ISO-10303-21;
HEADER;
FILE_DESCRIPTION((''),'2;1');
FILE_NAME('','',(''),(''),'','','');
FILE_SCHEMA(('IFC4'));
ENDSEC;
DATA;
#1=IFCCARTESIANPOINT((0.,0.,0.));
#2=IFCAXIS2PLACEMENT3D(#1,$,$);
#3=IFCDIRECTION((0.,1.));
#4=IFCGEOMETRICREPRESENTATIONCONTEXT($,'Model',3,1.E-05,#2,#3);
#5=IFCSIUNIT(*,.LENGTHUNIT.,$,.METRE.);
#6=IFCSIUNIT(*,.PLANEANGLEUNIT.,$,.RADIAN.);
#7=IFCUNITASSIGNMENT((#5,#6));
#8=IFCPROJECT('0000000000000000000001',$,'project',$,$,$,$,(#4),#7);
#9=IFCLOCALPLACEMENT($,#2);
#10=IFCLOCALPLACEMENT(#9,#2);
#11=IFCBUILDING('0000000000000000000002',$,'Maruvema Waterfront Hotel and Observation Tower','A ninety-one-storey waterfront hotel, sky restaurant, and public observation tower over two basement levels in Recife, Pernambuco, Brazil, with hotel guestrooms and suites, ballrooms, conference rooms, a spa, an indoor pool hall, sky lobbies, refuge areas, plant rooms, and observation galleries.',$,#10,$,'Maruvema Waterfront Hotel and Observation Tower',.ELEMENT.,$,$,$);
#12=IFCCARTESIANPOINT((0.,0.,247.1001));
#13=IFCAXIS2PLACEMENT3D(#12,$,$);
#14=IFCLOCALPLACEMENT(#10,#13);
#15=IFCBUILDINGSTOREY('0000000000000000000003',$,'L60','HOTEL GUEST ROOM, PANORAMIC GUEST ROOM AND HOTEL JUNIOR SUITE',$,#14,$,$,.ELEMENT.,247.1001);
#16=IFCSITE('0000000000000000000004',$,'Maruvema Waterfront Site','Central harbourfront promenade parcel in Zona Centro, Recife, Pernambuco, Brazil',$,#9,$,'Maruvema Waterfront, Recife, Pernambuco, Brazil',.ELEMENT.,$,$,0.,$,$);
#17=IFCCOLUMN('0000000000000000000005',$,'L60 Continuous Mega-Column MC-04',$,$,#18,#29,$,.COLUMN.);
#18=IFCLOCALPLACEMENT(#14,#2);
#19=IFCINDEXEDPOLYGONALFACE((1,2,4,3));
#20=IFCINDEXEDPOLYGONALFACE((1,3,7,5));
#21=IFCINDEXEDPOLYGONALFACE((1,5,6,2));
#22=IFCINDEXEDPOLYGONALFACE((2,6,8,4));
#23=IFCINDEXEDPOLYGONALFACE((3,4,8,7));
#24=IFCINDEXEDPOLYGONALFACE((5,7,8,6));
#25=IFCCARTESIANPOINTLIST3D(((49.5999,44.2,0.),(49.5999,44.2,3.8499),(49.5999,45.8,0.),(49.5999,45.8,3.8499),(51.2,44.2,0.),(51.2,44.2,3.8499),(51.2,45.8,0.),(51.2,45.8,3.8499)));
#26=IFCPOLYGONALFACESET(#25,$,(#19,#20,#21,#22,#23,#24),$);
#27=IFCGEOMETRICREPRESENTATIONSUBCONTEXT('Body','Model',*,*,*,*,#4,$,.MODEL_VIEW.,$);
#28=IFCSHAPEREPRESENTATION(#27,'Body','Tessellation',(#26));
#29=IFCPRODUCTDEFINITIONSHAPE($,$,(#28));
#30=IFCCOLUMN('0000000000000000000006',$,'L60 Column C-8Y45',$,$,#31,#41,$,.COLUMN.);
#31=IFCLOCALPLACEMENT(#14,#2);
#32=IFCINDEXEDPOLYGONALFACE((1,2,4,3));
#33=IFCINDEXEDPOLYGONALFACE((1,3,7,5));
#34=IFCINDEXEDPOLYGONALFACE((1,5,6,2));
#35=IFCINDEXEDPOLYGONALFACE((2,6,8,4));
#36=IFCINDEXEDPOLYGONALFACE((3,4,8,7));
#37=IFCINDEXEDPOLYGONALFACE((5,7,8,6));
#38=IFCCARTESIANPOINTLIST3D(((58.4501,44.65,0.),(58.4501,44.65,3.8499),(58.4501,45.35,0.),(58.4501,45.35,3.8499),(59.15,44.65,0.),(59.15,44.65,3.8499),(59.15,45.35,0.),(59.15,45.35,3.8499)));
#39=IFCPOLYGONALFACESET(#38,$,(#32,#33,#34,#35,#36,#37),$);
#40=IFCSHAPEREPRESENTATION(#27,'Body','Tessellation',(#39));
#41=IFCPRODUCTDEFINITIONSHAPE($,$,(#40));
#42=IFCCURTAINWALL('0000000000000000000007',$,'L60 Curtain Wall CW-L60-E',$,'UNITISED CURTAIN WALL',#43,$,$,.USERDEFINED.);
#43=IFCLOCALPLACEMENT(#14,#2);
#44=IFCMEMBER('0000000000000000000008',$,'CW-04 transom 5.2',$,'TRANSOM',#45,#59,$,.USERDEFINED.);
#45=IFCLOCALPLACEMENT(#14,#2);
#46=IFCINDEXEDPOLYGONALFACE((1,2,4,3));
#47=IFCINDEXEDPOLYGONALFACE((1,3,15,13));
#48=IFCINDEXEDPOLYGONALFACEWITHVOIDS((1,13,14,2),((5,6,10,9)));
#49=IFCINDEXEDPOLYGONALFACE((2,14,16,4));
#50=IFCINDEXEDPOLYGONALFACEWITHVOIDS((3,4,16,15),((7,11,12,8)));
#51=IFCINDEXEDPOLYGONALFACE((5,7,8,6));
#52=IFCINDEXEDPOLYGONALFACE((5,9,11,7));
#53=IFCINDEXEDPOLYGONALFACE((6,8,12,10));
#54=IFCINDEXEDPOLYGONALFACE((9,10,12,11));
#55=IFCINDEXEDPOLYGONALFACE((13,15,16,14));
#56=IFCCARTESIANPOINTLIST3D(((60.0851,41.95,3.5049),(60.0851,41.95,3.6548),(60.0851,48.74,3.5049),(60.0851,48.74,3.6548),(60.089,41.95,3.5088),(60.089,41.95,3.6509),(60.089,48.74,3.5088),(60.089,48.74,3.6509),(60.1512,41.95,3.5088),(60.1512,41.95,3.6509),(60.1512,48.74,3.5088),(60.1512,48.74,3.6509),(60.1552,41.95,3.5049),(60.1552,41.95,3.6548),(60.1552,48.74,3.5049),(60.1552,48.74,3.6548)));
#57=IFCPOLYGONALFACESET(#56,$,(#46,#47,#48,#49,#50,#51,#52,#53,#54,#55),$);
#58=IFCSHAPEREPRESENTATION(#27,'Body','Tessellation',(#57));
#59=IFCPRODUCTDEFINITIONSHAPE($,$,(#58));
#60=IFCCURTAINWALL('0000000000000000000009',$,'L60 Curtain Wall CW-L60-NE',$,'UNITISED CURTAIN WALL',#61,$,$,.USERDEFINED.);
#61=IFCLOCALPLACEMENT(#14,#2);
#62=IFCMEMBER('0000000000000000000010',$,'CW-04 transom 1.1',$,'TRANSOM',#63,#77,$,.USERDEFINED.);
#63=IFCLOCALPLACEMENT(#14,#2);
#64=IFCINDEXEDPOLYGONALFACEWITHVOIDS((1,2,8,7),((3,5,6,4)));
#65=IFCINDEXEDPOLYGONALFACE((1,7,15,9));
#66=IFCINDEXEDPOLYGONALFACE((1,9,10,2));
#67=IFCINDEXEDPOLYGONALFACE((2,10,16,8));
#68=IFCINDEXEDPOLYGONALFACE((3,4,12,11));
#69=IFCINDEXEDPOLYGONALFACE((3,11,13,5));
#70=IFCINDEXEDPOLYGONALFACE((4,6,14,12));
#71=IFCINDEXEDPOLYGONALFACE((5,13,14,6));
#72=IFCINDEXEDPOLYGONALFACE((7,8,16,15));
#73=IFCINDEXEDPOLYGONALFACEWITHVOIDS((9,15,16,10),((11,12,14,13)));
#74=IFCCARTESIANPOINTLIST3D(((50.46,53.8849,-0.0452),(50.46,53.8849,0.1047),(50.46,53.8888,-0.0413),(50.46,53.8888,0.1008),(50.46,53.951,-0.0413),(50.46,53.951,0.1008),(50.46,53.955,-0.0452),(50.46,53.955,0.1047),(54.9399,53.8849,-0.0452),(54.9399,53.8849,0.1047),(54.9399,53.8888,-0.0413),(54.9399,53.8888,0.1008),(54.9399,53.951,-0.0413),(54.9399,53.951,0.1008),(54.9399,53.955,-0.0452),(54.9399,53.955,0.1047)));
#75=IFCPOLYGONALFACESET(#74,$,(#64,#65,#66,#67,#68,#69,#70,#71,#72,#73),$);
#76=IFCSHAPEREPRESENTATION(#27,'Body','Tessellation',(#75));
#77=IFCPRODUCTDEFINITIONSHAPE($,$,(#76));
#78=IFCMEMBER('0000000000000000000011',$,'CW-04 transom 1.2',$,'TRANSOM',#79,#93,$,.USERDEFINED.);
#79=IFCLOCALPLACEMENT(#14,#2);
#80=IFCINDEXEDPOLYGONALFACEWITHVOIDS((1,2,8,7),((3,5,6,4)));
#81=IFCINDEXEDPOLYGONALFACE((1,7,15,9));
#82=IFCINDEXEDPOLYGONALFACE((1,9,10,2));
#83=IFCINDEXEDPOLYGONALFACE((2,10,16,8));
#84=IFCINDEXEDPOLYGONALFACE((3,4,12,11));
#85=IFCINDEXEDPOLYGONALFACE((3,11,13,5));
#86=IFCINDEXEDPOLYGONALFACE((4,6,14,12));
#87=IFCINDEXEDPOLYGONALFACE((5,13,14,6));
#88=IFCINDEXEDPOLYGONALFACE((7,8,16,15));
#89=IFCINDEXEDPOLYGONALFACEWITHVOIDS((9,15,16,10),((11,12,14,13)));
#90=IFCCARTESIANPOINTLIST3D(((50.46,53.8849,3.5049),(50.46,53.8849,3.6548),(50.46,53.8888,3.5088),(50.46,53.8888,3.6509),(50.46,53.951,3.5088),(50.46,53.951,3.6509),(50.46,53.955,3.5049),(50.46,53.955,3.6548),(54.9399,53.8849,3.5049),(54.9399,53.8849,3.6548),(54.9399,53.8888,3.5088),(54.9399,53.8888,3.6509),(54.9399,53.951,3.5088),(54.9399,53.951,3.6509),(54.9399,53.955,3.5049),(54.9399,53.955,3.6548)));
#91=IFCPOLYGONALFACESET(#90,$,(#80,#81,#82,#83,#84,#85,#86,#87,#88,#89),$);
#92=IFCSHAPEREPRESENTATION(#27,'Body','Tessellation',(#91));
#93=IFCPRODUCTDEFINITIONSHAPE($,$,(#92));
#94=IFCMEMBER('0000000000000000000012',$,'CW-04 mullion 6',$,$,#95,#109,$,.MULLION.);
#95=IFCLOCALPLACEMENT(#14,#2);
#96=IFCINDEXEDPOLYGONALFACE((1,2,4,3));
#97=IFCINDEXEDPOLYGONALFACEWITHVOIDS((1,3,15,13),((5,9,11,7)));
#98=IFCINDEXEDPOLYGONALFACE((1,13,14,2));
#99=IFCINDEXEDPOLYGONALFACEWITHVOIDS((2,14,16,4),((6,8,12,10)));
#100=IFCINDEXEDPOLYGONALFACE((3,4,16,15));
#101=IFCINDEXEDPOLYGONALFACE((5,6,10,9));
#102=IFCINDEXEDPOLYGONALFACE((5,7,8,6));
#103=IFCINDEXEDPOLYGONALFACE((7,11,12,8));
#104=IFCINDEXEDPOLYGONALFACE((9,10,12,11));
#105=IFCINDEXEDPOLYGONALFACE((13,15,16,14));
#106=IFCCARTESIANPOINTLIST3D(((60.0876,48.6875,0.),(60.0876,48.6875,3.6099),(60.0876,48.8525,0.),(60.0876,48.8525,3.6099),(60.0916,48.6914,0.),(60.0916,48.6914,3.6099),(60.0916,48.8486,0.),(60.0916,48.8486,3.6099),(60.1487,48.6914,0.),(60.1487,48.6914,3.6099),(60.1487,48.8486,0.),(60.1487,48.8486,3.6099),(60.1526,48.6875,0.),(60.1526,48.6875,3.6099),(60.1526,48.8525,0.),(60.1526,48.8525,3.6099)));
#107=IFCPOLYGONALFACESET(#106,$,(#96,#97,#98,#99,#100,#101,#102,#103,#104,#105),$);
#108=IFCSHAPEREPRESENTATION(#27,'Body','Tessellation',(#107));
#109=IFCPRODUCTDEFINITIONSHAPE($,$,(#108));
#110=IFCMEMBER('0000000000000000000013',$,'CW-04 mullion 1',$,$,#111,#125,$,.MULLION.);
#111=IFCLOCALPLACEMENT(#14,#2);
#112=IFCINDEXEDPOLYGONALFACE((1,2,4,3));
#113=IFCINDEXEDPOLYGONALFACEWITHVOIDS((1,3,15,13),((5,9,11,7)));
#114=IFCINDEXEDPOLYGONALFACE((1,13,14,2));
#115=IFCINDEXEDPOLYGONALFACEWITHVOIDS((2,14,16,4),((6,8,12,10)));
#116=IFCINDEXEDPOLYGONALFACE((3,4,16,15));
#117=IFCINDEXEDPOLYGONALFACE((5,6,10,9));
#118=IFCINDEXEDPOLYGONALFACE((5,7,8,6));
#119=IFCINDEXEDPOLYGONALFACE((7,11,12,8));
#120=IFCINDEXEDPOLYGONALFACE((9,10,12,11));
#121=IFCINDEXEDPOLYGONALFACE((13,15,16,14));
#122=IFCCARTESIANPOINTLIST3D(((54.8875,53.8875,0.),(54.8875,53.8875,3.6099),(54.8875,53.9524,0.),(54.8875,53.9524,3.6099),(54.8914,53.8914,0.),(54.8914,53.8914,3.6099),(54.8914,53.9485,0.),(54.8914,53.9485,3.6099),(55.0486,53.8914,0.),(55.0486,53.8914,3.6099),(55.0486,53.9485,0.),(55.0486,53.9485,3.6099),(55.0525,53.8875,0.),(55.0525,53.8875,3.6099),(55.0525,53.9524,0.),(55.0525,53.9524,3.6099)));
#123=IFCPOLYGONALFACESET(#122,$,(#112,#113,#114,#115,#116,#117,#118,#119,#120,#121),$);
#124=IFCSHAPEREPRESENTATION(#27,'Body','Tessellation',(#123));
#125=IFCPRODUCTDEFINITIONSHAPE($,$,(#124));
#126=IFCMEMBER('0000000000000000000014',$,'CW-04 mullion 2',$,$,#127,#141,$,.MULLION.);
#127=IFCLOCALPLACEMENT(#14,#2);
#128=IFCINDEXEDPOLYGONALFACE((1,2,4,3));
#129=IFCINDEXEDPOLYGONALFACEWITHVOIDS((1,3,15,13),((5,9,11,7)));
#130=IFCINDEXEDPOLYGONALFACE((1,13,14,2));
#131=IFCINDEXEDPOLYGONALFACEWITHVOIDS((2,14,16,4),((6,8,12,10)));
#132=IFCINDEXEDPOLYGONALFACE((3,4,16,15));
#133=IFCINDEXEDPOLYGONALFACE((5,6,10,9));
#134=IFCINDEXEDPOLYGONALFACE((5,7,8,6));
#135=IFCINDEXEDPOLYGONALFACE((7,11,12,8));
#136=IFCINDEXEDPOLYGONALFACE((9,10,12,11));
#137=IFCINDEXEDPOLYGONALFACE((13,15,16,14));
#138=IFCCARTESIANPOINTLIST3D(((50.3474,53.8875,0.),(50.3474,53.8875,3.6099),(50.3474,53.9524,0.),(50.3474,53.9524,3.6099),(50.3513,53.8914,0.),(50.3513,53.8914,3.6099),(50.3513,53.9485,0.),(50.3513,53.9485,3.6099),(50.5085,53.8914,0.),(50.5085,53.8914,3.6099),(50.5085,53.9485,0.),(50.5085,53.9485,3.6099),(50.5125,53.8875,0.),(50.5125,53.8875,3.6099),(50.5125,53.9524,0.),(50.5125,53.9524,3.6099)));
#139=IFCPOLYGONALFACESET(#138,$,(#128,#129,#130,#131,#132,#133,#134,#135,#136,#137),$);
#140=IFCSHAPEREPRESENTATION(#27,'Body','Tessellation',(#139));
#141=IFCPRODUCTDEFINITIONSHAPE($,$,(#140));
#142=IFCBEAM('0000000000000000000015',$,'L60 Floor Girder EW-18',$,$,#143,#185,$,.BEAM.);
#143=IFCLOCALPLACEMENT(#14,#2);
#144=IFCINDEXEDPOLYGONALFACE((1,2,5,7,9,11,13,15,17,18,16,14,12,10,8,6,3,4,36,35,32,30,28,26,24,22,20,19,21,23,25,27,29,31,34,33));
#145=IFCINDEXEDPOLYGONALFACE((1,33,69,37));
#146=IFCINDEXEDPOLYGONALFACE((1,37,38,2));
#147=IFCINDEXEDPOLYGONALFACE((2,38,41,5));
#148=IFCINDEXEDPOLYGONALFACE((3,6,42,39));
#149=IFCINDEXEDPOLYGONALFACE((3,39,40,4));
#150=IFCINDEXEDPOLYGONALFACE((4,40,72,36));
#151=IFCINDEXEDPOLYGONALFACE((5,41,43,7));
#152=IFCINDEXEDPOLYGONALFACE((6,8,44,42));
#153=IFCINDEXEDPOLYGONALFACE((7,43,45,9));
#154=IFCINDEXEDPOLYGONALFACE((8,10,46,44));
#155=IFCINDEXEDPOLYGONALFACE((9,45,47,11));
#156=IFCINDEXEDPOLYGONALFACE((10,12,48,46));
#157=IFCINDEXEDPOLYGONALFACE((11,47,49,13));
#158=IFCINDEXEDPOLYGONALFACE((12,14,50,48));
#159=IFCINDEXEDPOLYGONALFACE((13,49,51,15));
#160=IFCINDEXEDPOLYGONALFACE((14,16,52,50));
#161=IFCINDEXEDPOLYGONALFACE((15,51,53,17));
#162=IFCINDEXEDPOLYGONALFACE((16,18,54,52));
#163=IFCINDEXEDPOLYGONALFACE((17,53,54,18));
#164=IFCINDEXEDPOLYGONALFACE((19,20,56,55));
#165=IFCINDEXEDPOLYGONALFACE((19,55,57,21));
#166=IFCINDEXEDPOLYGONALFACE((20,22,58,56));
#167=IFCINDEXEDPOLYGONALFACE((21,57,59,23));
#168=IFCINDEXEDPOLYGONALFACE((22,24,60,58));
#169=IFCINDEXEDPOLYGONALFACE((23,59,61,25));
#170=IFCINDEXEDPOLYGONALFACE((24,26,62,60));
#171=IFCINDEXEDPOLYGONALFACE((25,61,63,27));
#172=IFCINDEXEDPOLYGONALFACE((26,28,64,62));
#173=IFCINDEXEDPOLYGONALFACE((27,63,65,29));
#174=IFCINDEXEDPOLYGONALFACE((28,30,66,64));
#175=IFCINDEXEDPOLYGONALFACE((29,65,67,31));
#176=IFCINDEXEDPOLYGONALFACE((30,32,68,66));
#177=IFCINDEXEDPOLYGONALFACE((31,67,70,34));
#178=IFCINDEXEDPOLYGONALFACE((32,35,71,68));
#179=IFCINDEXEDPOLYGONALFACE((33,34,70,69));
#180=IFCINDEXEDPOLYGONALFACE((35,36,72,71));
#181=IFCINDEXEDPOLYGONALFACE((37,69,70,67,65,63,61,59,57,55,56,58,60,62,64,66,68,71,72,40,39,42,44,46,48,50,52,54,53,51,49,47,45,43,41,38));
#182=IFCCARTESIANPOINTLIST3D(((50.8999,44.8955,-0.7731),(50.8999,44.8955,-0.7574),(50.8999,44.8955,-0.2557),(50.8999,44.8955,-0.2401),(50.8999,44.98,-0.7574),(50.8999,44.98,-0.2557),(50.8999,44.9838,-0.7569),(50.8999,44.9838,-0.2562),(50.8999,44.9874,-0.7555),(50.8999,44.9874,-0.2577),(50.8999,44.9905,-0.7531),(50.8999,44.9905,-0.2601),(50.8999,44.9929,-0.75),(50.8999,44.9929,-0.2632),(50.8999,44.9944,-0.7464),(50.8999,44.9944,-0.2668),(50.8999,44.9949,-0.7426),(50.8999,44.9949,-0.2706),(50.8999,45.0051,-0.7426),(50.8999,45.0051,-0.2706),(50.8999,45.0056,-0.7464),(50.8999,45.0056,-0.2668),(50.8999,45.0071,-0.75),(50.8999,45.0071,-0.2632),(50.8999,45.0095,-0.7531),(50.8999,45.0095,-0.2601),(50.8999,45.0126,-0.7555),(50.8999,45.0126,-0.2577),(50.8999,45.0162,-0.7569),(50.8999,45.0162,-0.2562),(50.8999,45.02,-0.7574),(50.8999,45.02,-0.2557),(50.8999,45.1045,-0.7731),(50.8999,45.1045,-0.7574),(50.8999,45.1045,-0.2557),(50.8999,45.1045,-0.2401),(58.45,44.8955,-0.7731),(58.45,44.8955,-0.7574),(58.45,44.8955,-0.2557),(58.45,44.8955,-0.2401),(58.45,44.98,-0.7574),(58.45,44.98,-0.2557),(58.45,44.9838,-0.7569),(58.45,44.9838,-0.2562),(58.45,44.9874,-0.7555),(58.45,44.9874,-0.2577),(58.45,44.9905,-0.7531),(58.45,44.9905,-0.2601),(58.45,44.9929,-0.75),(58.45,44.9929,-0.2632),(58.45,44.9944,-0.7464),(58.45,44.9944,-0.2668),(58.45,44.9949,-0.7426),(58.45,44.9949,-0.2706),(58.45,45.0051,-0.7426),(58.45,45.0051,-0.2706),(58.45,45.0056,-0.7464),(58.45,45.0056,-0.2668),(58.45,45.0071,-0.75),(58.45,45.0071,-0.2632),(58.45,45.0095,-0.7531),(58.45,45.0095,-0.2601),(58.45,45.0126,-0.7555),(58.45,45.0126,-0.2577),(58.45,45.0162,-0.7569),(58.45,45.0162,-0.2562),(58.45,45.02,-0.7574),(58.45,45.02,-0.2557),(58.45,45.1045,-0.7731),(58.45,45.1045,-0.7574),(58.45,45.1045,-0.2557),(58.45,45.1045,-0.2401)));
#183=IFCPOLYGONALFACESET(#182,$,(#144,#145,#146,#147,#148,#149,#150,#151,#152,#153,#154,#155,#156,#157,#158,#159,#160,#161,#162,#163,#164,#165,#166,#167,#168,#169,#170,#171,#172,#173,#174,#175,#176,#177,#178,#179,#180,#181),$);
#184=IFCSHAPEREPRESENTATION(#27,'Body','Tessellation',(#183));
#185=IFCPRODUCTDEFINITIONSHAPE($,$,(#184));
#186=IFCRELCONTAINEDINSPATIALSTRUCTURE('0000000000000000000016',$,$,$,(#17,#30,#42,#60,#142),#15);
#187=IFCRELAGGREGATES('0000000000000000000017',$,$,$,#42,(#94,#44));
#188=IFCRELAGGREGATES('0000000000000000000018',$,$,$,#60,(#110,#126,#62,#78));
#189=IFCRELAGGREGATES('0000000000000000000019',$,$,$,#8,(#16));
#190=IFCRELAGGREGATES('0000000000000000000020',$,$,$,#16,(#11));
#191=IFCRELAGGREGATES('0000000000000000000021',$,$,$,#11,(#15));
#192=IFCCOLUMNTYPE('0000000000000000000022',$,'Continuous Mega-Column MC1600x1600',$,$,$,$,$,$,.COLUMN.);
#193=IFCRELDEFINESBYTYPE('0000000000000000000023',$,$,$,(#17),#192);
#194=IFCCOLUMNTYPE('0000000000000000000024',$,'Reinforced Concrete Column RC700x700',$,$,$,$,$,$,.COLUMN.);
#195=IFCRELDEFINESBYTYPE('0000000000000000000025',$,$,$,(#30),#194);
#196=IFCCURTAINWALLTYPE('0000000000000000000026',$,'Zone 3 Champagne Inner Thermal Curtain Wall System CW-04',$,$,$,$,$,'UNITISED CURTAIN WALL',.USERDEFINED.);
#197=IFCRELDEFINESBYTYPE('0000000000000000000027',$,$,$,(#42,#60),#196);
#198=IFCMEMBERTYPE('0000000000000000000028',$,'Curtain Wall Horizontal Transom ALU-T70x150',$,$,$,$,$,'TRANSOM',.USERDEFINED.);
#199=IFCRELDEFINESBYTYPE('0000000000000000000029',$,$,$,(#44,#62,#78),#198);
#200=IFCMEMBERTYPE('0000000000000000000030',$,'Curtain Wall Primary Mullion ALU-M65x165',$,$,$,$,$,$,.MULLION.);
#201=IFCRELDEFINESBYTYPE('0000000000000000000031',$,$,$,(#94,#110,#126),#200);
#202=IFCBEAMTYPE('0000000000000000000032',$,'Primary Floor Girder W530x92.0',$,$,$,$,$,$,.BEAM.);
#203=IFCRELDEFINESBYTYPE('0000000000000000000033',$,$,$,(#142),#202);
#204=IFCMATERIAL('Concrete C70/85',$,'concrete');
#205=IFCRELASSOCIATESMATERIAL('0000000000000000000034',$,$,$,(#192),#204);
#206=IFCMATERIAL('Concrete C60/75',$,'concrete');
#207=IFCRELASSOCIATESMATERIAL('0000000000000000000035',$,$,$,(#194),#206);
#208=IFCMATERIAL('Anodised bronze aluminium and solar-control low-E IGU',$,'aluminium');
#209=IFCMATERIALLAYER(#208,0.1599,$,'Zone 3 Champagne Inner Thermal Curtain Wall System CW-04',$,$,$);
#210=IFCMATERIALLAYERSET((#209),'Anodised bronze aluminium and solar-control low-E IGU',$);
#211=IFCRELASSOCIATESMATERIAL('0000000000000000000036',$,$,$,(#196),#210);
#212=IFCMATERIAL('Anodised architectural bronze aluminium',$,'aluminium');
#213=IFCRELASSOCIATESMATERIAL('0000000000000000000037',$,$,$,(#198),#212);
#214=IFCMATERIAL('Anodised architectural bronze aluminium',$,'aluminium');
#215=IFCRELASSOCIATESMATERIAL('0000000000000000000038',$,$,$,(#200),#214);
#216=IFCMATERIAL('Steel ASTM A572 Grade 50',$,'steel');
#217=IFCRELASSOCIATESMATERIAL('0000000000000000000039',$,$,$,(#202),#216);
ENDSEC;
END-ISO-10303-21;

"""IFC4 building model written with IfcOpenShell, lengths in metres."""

from ifc_helpers import new_model, si_unit, direction, frame, origin, origin_2d, place, context, subcontext, project, spatial, rectangle, hollow_rectangle, i_section, extrude, material, layer, layer_set, material_profile, profile_set, type_object, element, aggregate, save


model = new_model("IFC4")

# Units and contexts
model_context = context("Model", 3, precision=1e-05, world=origin(), true_north=direction((0.0, 1.0)))
body_context = subcontext(model_context, "Body", "Model", "MODEL_VIEW")
ifc_project = project(units=[si_unit("LENGTHUNIT", "METRE"), si_unit("PLANEANGLEUNIT", "RADIAN")], contexts=[model_context])

# Site, building, storey
site_placement = place(None, origin())
site = spatial("IfcSite", under=ifc_project, at=site_placement, Name="Maruvema Waterfront Site", Description="Central harbourfront promenade parcel in Zona Centro, Recife, Pernambuco, Brazil", LongName="Maruvema Waterfront, Recife, Pernambuco, Brazil", CompositionType="ELEMENT", RefElevation=0.0)
building_placement = place(site_placement, origin())
building = spatial("IfcBuilding", under=site, at=building_placement, Name="Maruvema Waterfront Hotel and Observation Tower", Description="A ninety-one-storey waterfront hotel, sky restaurant, and public observation tower over two basement levels in Recife, Pernambuco, Brazil, with hotel guestrooms and suites, ballrooms, conference rooms, a spa, an indoor pool hall, sky lobbies, refuge areas, plant rooms, and observation galleries.", LongName="Maruvema Waterfront Hotel and Observation Tower", CompositionType="ELEMENT")
storey_placement = place(building_placement, frame((0.0, 0.0, 247.1001)))
storey = spatial("IfcBuildingStorey", under=building, at=storey_placement, Name="L60", Description="HOTEL GUEST ROOM, PANORAMIC GUEST ROOM AND HOTEL JUNIOR SUITE", CompositionType="ELEMENT", Elevation=247.1001)

# Columns
ifc_material_1 = material(Name="Concrete C70/85", Category="concrete")
ifc_material_profile_1 = material_profile(ifc_material_1, rectangle(XDim=1.6001, YDim=1.6001, at=origin_2d()), Name="MC1600x1600")
ifc_profile_set_1 = profile_set([ifc_material_profile_1], Name="Concrete C70/85")
column_type_1 = type_object("IfcColumnType", Name="Continuous Mega-Column MC1600x1600", PredefinedType="COLUMN", material=ifc_profile_set_1)
column_1_placement = place(storey_placement, frame((50.3999, 45.0, 0.0), z_axis=(0.0, 0.0, 1.0), x_axis=(1.0, 0.0, 0.0)))
element("IfcColumn", 1, at=column_1_placement, inside=storey, type_object=column_type_1, Name="L60 Continuous Mega-Column MC-04", PredefinedType="COLUMN", context=body_context, shape_type="SweptSolid", body=[
    extrude(rectangle(XDim=1.6001, YDim=1.6001, at=origin_2d()), origin(), (0.0, 0.0, 1.0), 3.8499),
])
ifc_material_2 = material(Name="Concrete C60/75", Category="concrete")
ifc_material_profile_2 = material_profile(ifc_material_2, rectangle(XDim=0.7, YDim=0.7, at=origin_2d()), Name="RC700x700")
ifc_profile_set_2 = profile_set([ifc_material_profile_2], Name="Concrete C60/75")
column_type_2 = type_object("IfcColumnType", Name="Reinforced Concrete Column RC700x700", PredefinedType="COLUMN", material=ifc_profile_set_2)
column_2_placement = place(storey_placement, frame((58.8, 45.0, 0.0), z_axis=(0.0, 0.0, 1.0), x_axis=(1.0, 0.0, 0.0)))
element("IfcColumn", 2, at=column_2_placement, inside=storey, type_object=column_type_2, Name="L60 Column C-8Y45", PredefinedType="COLUMN", context=body_context, shape_type="SweptSolid", body=[
    extrude(rectangle(XDim=0.7, YDim=0.7, at=origin_2d()), origin(), (0.0, 0.0, 1.0), 3.8499),
])

# Curtain wall, member
ifc_material_3 = material(Name="Anodised bronze aluminium and solar-control low-E IGU", Category="aluminium")
ifc_layer_1 = layer(ifc_material_3, 0.1599, Name="Zone 3 Champagne Inner Thermal Curtain Wall System CW-04")
ifc_layer_set_1 = layer_set([ifc_layer_1], Name="Anodised bronze aluminium and solar-control low-E IGU")
curtain_wall_type = type_object("IfcCurtainWallType", Name="Zone 3 Champagne Inner Thermal Curtain Wall System CW-04", ElementType="UNITISED CURTAIN WALL", PredefinedType="USERDEFINED", material=ifc_layer_set_1)
curtain_wall_1_placement = place(storey_placement, origin())
curtain_wall_1 = element("IfcCurtainWall", 3, at=curtain_wall_1_placement, inside=storey, type_object=curtain_wall_type, Name="L60 Curtain Wall CW-L60-E", ObjectType="UNITISED CURTAIN WALL", PredefinedType="USERDEFINED")
ifc_material_4 = material(Name="Anodised architectural bronze aluminium", Category="aluminium")
ifc_material_profile_3 = material_profile(ifc_material_4, hollow_rectangle(XDim=0.0701, YDim=0.1499, WallThickness=0.0039, at=origin_2d()), Name="ALU-T70x150")
ifc_profile_set_3 = profile_set([ifc_material_profile_3], Name="Anodised architectural bronze aluminium")
member_type_1 = type_object("IfcMemberType", Name="Curtain Wall Horizontal Transom ALU-T70x150", ElementType="TRANSOM", PredefinedType="USERDEFINED", material=ifc_profile_set_3)
member_1_placement = place(storey_placement, frame((60.1201, 41.95, 3.5798), z_axis=(0.0, 1.0, 0.0), x_axis=(-1.0, 0.0, 0.0)))
member_1 = element("IfcMember", 4, at=member_1_placement, type_object=member_type_1, Name="CW-04 transom 5.2", ObjectType="TRANSOM", PredefinedType="USERDEFINED", context=body_context, shape_type="SweptSolid", body=[
    extrude(hollow_rectangle(XDim=0.0701, YDim=0.1499, WallThickness=0.0039, at=origin_2d()), origin(), (0.0, 0.0, 1.0), 6.79),
])

# Curtain wall, members
curtain_wall_2_placement = place(storey_placement, origin())
curtain_wall_2 = element("IfcCurtainWall", 5, at=curtain_wall_2_placement, inside=storey, type_object=curtain_wall_type, Name="L60 Curtain Wall CW-L60-NE", ObjectType="UNITISED CURTAIN WALL", PredefinedType="USERDEFINED")
member_2_placement = place(storey_placement, frame((54.9399, 53.9199, 0.0298), z_axis=(-1.0, 0.0, 0.0), x_axis=(0.0, -1.0, 0.0)))
member_2 = element("IfcMember", 6, at=member_2_placement, type_object=member_type_1, Name="CW-04 transom 1.1", ObjectType="TRANSOM", PredefinedType="USERDEFINED", context=body_context, shape_type="SweptSolid", body=[
    extrude(hollow_rectangle(XDim=0.0701, YDim=0.1499, WallThickness=0.0039, at=origin_2d()), origin(), (0.0, 0.0, 1.0), 4.48),
])
member_3_placement = place(storey_placement, frame((54.9399, 53.9199, 3.5798), z_axis=(-1.0, 0.0, 0.0), x_axis=(0.0, -1.0, 0.0)))
member_3 = element("IfcMember", 7, at=member_3_placement, type_object=member_type_1, Name="CW-04 transom 1.2", ObjectType="TRANSOM", PredefinedType="USERDEFINED", context=body_context, shape_type="SweptSolid", body=[
    extrude(hollow_rectangle(XDim=0.0701, YDim=0.1499, WallThickness=0.0039, at=origin_2d()), origin(), (0.0, 0.0, 1.0), 4.48),
])

# Members
ifc_material_5 = material(Name="Anodised architectural bronze aluminium", Category="aluminium")
ifc_material_profile_4 = material_profile(ifc_material_5, hollow_rectangle(XDim=0.0649, YDim=0.165, WallThickness=0.0039, at=origin_2d()), Name="ALU-M65x165")
ifc_profile_set_4 = profile_set([ifc_material_profile_4], Name="Anodised architectural bronze aluminium")
member_type_2 = type_object("IfcMemberType", Name="Curtain Wall Primary Mullion ALU-M65x165", PredefinedType="MULLION", material=ifc_profile_set_4)
member_4_placement = place(storey_placement, frame((60.1201, 48.77, 0.0), z_axis=(0.0, 0.0, 1.0), x_axis=(-1.0, 0.0, 0.0)))
member_4 = element("IfcMember", 8, at=member_4_placement, type_object=member_type_2, Name="CW-04 mullion 6", PredefinedType="MULLION", context=body_context, shape_type="SweptSolid", body=[
    extrude(hollow_rectangle(XDim=0.0649, YDim=0.165, WallThickness=0.0039, at=origin_2d()), origin(), (0.0, 0.0, 1.0), 3.6099),
])
member_5_placement = place(storey_placement, frame((54.97, 53.9199, 0.0), z_axis=(0.0, 0.0, 1.0), x_axis=(0.0, -1.0, 0.0)))
member_5 = element("IfcMember", 9, at=member_5_placement, type_object=member_type_2, Name="CW-04 mullion 1", PredefinedType="MULLION", context=body_context, shape_type="SweptSolid", body=[
    extrude(hollow_rectangle(XDim=0.0649, YDim=0.165, WallThickness=0.0039, at=origin_2d()), origin(), (0.0, 0.0, 1.0), 3.6099),
])
member_6_placement = place(storey_placement, frame((50.4299, 53.9199, 0.0), z_axis=(0.0, 0.0, 1.0), x_axis=(0.0, -1.0, 0.0)))
member_6 = element("IfcMember", 10, at=member_6_placement, type_object=member_type_2, Name="CW-04 mullion 2", PredefinedType="MULLION", context=body_context, shape_type="SweptSolid", body=[
    extrude(hollow_rectangle(XDim=0.0649, YDim=0.165, WallThickness=0.0039, at=origin_2d()), origin(), (0.0, 0.0, 1.0), 3.6099),
])

# Beam
ifc_material_6 = material(Name="Steel ASTM A572 Grade 50", Category="steel")
ifc_material_profile_5 = material_profile(ifc_material_6, i_section(OverallWidth=0.209, OverallDepth=0.533, WebThickness=0.0103, FlangeThickness=0.0156, FilletRadius=0.0149, at=origin_2d()), Name="W530x92.0")
ifc_profile_set_5 = profile_set([ifc_material_profile_5], Name="Steel ASTM A572 Grade 50")
beam_type = type_object("IfcBeamType", Name="Primary Floor Girder W530x92.0", PredefinedType="BEAM", material=ifc_profile_set_5)
beam_placement = place(storey_placement, frame((50.8999, 45.0, -0.5066), z_axis=(1.0, 0.0, 0.0), x_axis=(0.0, 1.0, 0.0)))
element("IfcBeam", 11, at=beam_placement, inside=storey, type_object=beam_type, Name="L60 Floor Girder EW-18", PredefinedType="BEAM", context=body_context, shape_type="SweptSolid", body=[
    extrude(i_section(OverallWidth=0.209, OverallDepth=0.533, WebThickness=0.0103, FlangeThickness=0.0156, FilletRadius=0.0149, at=origin_2d()), origin(), (0.0, 0.0, 1.0), 7.55),
])

aggregate(curtain_wall_1, [member_4, member_1])
aggregate(curtain_wall_2, [member_5, member_6, member_2, member_3])

save(model, "model.ifc")
